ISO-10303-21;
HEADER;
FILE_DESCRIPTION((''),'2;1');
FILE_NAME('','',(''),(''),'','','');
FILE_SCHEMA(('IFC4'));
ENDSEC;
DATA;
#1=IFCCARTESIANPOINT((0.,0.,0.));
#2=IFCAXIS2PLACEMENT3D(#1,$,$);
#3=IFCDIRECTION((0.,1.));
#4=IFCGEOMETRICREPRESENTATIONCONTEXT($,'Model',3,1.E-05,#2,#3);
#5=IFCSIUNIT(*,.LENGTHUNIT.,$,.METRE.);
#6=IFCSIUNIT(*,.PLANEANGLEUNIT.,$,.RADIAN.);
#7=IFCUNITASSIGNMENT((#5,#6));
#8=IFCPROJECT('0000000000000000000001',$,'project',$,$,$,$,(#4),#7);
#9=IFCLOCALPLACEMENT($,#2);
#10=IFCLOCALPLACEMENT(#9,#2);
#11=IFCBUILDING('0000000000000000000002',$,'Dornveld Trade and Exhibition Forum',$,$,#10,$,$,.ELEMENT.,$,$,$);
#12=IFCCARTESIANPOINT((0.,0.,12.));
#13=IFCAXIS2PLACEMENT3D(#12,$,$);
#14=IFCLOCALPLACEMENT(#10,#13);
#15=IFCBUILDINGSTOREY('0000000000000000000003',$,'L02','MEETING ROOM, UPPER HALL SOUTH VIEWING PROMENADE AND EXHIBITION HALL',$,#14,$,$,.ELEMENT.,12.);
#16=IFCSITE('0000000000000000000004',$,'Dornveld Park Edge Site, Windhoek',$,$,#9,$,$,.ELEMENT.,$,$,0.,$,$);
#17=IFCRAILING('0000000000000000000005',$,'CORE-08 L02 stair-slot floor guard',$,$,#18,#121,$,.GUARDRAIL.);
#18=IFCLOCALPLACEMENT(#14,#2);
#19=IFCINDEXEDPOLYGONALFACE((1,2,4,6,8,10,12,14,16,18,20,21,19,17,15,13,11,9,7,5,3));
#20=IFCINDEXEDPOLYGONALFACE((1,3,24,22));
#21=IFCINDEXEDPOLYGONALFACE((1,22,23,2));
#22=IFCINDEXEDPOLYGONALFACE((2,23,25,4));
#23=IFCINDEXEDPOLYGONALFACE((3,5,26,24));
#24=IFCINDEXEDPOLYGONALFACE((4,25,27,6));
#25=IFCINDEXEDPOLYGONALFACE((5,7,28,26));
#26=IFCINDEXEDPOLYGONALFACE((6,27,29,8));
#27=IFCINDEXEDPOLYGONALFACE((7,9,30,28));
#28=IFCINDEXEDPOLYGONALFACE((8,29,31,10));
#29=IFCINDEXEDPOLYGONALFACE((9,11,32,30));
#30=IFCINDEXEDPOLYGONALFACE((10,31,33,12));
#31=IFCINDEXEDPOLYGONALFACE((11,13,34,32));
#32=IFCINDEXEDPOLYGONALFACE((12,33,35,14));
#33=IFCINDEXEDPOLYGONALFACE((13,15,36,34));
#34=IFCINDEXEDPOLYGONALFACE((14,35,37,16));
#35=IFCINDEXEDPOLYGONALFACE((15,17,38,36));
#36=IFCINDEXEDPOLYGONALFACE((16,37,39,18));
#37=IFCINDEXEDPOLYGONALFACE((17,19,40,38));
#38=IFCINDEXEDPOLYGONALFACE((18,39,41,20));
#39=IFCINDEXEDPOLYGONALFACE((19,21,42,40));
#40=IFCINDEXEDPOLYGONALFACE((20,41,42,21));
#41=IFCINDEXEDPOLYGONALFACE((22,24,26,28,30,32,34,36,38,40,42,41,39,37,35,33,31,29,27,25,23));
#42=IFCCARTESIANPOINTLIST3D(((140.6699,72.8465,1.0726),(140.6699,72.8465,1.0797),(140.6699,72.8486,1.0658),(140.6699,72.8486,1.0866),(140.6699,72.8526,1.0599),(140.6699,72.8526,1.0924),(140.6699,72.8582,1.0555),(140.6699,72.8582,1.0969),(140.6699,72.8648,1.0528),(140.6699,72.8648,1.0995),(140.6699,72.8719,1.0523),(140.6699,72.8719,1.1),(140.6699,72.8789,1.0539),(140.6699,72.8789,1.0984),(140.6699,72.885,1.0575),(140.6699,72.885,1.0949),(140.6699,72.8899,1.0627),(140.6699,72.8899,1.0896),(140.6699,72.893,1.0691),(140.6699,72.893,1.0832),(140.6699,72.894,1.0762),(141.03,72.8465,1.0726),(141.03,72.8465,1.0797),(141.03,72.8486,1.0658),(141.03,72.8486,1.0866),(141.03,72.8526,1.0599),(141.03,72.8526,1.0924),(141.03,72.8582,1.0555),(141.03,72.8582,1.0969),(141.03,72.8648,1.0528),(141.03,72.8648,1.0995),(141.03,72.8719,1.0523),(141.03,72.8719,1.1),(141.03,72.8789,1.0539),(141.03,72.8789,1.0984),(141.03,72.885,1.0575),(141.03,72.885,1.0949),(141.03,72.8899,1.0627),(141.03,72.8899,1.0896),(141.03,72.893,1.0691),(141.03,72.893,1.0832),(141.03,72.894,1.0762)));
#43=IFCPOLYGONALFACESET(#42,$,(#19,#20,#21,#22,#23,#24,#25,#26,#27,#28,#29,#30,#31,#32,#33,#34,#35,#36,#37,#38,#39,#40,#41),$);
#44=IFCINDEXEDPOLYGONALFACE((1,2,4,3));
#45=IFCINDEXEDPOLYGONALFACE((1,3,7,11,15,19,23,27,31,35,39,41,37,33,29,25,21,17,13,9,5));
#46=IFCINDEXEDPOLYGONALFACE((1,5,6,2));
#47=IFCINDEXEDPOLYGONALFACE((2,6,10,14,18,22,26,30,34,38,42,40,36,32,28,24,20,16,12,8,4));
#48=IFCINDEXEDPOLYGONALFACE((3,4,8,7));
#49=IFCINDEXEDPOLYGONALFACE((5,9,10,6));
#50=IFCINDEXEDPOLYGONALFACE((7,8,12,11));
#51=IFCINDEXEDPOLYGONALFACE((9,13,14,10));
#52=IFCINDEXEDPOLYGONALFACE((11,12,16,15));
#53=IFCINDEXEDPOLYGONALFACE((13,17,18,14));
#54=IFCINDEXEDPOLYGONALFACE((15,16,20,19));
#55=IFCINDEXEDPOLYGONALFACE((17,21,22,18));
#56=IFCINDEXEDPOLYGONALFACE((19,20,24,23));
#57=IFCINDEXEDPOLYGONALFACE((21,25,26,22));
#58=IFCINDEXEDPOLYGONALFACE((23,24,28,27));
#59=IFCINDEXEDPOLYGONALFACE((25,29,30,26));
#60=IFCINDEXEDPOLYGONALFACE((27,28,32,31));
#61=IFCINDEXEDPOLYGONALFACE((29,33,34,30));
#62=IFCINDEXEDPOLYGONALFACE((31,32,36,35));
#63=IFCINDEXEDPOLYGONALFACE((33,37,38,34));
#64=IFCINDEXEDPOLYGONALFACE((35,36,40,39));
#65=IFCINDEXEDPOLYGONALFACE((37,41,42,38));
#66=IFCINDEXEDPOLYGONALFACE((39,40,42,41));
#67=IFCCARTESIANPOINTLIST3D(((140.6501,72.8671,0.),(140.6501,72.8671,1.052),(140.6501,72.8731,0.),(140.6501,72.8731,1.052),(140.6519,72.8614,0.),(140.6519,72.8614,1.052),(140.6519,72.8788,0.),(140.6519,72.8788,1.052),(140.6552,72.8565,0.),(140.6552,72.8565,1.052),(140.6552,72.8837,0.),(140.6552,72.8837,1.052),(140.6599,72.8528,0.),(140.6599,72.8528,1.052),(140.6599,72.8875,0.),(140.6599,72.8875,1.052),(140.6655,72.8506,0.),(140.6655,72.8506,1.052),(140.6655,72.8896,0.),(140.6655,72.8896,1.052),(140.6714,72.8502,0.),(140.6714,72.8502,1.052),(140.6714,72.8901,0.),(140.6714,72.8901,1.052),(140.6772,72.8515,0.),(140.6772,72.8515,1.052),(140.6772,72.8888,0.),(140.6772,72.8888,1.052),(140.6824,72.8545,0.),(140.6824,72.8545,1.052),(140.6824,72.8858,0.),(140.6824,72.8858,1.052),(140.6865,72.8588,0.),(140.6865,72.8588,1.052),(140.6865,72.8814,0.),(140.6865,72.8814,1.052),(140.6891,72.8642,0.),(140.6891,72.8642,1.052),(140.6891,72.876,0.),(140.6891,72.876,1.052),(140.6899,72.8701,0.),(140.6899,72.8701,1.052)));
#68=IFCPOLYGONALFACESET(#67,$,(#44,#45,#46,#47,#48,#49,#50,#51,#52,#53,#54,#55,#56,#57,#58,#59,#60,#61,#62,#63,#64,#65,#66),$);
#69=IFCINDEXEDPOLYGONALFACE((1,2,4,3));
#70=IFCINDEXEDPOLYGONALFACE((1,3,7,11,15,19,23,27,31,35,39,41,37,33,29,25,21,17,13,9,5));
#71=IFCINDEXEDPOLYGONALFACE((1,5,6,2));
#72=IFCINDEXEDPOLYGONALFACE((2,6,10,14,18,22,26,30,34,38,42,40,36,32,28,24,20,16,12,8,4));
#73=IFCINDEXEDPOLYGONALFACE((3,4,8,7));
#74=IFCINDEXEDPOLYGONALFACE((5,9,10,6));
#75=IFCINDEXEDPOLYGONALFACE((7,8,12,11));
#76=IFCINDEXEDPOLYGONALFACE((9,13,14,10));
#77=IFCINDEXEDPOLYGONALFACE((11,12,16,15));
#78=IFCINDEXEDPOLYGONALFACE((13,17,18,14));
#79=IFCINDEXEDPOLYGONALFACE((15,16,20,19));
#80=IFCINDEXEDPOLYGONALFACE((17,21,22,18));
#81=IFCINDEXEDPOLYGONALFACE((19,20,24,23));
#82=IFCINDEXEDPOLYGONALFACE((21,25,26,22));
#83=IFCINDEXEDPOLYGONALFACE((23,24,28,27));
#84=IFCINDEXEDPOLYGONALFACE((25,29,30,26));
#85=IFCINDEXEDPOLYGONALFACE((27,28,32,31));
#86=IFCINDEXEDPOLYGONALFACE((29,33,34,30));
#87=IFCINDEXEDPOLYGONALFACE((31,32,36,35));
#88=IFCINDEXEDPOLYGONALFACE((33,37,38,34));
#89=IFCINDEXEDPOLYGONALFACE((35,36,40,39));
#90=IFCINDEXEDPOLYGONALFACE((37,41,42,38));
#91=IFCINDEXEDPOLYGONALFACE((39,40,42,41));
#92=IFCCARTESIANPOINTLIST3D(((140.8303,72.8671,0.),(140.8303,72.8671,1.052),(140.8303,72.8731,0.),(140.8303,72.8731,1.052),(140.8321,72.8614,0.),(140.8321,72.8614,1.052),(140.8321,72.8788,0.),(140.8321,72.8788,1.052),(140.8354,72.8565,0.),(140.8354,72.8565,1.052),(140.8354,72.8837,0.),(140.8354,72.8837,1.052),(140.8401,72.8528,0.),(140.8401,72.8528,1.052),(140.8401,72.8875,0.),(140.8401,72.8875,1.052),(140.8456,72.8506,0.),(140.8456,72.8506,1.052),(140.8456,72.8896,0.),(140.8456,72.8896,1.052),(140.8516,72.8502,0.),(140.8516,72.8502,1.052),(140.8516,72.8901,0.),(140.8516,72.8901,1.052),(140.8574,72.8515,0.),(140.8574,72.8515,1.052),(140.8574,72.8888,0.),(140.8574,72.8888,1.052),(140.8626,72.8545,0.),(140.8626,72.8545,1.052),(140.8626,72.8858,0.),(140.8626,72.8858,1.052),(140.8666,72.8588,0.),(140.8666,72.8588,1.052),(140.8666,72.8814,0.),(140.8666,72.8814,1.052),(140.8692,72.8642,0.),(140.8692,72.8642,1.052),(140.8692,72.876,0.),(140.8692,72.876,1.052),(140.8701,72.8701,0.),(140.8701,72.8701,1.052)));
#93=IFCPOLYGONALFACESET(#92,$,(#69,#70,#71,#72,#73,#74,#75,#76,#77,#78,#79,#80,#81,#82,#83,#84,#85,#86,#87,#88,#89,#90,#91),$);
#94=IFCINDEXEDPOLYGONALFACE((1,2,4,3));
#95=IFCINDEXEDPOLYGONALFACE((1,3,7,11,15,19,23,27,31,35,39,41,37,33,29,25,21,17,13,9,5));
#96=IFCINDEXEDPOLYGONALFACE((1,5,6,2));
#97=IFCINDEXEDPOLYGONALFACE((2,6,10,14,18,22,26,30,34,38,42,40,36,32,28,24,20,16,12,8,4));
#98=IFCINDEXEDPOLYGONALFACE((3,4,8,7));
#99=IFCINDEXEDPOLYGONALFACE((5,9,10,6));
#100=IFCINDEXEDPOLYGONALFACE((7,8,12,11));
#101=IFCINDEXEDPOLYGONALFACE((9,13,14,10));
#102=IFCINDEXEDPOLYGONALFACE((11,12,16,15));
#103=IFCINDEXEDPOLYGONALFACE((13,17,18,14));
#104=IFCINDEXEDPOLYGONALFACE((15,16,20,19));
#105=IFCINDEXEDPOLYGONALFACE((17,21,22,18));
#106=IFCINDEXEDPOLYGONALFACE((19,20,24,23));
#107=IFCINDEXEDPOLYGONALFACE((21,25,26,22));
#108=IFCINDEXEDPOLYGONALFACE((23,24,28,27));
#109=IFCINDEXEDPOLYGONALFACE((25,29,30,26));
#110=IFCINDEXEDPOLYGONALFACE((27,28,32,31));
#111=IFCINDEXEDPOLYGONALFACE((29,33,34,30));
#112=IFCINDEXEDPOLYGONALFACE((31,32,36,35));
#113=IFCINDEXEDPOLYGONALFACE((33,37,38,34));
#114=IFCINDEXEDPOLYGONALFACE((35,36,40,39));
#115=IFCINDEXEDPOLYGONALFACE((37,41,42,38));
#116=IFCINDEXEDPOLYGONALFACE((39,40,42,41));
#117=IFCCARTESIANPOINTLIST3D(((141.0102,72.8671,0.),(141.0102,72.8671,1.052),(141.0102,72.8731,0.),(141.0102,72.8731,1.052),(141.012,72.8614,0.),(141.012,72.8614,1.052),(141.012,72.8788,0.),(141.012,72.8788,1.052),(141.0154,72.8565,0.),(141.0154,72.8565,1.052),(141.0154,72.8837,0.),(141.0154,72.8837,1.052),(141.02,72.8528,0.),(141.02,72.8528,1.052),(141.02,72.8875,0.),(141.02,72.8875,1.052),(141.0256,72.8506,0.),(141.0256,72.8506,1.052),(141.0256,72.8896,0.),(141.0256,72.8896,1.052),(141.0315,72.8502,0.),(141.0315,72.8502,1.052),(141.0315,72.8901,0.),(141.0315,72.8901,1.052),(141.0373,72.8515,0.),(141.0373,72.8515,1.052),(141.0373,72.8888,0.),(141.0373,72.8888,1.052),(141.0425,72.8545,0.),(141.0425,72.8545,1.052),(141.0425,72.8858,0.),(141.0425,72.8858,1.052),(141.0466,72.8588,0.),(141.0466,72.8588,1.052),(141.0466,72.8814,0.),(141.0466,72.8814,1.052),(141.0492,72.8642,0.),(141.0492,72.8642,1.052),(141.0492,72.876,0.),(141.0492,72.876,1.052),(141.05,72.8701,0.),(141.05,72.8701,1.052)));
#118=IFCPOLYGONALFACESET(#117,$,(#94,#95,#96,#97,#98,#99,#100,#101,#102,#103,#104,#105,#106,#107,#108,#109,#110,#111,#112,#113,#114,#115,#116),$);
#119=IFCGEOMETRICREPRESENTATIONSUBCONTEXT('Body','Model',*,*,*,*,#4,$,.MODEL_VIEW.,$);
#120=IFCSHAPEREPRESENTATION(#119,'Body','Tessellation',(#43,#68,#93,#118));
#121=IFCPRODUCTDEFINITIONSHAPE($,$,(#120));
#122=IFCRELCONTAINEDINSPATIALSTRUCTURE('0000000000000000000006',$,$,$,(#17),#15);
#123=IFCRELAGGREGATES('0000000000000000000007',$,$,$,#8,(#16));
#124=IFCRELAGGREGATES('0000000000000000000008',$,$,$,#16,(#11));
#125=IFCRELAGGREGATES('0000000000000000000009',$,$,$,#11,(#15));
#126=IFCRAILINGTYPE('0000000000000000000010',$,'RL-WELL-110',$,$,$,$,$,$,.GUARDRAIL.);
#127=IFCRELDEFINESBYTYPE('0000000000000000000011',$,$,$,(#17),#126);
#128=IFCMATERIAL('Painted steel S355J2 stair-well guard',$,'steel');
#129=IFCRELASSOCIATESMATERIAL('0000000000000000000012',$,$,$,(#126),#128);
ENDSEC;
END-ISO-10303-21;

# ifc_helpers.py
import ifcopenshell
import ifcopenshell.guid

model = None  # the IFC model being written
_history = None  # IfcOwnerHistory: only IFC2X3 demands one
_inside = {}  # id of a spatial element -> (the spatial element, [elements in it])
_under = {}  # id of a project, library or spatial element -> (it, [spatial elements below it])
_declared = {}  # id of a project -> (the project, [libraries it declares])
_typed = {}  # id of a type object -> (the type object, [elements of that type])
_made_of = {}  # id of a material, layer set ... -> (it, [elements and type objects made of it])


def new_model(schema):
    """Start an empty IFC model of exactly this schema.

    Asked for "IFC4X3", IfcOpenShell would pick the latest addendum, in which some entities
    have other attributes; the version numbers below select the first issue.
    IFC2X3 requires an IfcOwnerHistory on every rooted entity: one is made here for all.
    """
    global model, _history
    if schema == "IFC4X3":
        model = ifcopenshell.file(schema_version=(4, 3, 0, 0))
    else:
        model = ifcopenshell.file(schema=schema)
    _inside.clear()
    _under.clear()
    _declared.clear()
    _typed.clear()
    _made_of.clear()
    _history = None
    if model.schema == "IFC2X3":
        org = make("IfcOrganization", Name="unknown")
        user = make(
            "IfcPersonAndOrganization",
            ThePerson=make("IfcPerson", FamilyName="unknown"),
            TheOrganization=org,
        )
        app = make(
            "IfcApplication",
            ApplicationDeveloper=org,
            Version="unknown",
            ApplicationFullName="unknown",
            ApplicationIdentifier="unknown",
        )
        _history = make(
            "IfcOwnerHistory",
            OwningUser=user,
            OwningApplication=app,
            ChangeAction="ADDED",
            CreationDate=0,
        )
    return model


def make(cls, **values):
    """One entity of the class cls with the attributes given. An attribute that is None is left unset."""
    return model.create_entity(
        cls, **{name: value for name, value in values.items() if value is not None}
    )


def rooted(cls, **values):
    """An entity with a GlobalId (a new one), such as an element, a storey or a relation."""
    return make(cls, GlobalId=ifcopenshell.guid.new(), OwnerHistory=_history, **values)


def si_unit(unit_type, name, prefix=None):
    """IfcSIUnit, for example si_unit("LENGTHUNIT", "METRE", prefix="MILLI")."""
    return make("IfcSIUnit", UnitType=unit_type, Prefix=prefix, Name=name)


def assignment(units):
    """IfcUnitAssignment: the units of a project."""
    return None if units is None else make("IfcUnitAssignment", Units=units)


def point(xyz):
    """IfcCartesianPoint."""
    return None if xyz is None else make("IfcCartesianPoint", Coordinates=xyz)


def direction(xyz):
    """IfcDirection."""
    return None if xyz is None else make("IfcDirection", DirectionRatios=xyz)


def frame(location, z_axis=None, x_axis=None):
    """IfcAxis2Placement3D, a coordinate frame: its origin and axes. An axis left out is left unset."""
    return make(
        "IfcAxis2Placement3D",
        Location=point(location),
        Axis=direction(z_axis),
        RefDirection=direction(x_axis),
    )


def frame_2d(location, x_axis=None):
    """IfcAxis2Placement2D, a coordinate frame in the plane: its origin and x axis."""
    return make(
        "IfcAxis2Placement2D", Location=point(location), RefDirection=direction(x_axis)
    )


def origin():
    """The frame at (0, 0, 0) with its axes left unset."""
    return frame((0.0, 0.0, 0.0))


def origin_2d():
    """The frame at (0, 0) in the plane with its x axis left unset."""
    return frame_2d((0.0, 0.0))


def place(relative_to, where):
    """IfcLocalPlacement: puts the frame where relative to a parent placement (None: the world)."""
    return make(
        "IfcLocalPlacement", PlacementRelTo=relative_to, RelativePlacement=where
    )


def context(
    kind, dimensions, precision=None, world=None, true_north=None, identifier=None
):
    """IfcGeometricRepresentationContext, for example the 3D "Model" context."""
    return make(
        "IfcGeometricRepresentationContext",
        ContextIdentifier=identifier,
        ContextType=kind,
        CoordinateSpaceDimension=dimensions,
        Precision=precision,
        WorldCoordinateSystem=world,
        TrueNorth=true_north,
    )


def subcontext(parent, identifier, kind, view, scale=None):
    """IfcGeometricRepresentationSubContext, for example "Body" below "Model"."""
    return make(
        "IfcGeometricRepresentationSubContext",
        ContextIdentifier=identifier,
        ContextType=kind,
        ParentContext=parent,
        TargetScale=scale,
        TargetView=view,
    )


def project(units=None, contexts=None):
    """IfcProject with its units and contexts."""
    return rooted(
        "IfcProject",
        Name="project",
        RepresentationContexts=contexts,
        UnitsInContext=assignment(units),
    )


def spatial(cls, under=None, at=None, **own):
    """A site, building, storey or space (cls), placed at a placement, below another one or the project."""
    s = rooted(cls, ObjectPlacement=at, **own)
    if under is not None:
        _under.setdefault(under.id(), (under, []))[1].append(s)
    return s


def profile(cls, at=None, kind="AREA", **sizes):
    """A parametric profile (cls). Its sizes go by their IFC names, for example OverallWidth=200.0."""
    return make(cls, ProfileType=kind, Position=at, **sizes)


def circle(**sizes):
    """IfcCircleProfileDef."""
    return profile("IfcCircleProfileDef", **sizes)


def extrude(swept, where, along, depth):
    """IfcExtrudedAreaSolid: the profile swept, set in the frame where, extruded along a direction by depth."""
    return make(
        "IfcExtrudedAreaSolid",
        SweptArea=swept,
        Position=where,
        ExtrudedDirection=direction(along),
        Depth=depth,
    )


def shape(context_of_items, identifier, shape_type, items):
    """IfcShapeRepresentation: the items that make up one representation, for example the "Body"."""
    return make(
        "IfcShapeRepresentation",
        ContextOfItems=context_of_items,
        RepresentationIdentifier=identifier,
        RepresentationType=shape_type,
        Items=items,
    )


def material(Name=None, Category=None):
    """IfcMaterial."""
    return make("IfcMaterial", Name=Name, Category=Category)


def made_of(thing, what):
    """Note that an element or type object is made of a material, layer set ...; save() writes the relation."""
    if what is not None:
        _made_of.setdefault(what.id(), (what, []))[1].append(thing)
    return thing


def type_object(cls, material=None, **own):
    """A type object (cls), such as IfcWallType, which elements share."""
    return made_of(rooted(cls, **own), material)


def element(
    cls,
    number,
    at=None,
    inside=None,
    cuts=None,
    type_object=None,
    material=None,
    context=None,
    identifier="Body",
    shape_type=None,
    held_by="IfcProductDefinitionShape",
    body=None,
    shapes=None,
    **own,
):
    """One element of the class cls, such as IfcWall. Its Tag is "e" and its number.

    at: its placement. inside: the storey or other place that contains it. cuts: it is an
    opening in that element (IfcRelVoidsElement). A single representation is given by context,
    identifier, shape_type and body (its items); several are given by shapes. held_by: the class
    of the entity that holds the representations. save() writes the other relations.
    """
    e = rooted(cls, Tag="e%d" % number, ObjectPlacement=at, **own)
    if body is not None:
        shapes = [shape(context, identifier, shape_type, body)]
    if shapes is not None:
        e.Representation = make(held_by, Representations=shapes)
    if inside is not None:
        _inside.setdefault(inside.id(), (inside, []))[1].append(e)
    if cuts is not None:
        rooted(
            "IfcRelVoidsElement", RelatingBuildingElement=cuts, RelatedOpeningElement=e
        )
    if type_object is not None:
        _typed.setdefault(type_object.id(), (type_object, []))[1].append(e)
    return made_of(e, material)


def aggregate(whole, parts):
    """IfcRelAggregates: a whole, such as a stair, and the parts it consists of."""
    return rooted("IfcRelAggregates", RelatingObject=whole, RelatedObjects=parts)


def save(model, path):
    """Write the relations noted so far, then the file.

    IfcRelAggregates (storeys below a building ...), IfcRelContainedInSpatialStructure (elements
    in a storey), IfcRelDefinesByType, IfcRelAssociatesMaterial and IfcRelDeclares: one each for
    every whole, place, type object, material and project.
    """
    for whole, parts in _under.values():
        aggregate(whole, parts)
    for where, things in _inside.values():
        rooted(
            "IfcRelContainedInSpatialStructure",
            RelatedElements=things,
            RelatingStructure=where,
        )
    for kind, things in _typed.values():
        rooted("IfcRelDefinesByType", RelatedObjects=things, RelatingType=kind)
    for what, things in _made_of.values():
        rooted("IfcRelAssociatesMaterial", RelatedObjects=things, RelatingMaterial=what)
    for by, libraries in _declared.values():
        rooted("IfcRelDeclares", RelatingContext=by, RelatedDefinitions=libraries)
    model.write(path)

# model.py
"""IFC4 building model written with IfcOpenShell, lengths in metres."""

from ifc_helpers import new_model, si_unit, direction, frame, origin, origin_2d, place, context, subcontext, project, spatial, circle, extrude, material, type_object, element, save


model = new_model("IFC4")

# Units and contexts
model_context = context("Model", 3, precision=1e-05, world=origin(), true_north=direction((0.0, 1.0)))
body_context = subcontext(model_context, "Body", "Model", "MODEL_VIEW")
ifc_project = project(units=[si_unit("LENGTHUNIT", "METRE"), si_unit("PLANEANGLEUNIT", "RADIAN")], contexts=[model_context])

# Site, building, storey
site_placement = place(None, origin())
site = spatial("IfcSite", under=ifc_project, at=site_placement, Name="Dornveld Park Edge Site, Windhoek", CompositionType="ELEMENT", RefElevation=0.0)
building_placement = place(site_placement, origin())
building = spatial("IfcBuilding", under=site, at=building_placement, Name="Dornveld Trade and Exhibition Forum", CompositionType="ELEMENT")
storey_placement = place(building_placement, frame((0.0, 0.0, 12.0)))
storey = spatial("IfcBuildingStorey", under=building, at=storey_placement, Name="L02", Description="MEETING ROOM, UPPER HALL SOUTH VIEWING PROMENADE AND EXHIBITION HALL", CompositionType="ELEMENT", Elevation=12.0)

# Railing
ifc_material_1 = material(Name="Painted steel S355J2 stair-well guard", Category="steel")
railing_type_1 = type_object("IfcRailingType", Name="RL-WELL-110", PredefinedType="GUARDRAIL", material=ifc_material_1)
railing_1_placement = place(storey_placement, frame((140.6699, 72.8701, 0.0)))
element("IfcRailing", 1, at=railing_1_placement, inside=storey, type_object=railing_type_1, Name="CORE-08 L02 stair-slot floor guard", PredefinedType="GUARDRAIL", context=body_context, shape_type="SweptSolid", body=[
    extrude(circle(Radius=0.0239, at=origin_2d()), frame((0.0, 0.0, 1.0762), z_axis=(1.0, 0.0, 0.0), x_axis=(0.0, 1.0, 0.0)), (0.0, 0.0, 1.0), 0.3601),
    extrude(circle(Radius=0.02, at=origin_2d()), origin(), (0.0, 0.0, 1.0), 1.052),
    extrude(circle(Radius=0.02, at=origin_2d()), frame((0.1802, 0.0, 0.0)), (0.0, 0.0, 1.0), 1.052),
    extrude(circle(Radius=0.02, at=origin_2d()), frame((0.3601, 0.0, 0.0)), (0.0, 0.0, 1.0), 1.052),
])

save(model, "model.ifc")
